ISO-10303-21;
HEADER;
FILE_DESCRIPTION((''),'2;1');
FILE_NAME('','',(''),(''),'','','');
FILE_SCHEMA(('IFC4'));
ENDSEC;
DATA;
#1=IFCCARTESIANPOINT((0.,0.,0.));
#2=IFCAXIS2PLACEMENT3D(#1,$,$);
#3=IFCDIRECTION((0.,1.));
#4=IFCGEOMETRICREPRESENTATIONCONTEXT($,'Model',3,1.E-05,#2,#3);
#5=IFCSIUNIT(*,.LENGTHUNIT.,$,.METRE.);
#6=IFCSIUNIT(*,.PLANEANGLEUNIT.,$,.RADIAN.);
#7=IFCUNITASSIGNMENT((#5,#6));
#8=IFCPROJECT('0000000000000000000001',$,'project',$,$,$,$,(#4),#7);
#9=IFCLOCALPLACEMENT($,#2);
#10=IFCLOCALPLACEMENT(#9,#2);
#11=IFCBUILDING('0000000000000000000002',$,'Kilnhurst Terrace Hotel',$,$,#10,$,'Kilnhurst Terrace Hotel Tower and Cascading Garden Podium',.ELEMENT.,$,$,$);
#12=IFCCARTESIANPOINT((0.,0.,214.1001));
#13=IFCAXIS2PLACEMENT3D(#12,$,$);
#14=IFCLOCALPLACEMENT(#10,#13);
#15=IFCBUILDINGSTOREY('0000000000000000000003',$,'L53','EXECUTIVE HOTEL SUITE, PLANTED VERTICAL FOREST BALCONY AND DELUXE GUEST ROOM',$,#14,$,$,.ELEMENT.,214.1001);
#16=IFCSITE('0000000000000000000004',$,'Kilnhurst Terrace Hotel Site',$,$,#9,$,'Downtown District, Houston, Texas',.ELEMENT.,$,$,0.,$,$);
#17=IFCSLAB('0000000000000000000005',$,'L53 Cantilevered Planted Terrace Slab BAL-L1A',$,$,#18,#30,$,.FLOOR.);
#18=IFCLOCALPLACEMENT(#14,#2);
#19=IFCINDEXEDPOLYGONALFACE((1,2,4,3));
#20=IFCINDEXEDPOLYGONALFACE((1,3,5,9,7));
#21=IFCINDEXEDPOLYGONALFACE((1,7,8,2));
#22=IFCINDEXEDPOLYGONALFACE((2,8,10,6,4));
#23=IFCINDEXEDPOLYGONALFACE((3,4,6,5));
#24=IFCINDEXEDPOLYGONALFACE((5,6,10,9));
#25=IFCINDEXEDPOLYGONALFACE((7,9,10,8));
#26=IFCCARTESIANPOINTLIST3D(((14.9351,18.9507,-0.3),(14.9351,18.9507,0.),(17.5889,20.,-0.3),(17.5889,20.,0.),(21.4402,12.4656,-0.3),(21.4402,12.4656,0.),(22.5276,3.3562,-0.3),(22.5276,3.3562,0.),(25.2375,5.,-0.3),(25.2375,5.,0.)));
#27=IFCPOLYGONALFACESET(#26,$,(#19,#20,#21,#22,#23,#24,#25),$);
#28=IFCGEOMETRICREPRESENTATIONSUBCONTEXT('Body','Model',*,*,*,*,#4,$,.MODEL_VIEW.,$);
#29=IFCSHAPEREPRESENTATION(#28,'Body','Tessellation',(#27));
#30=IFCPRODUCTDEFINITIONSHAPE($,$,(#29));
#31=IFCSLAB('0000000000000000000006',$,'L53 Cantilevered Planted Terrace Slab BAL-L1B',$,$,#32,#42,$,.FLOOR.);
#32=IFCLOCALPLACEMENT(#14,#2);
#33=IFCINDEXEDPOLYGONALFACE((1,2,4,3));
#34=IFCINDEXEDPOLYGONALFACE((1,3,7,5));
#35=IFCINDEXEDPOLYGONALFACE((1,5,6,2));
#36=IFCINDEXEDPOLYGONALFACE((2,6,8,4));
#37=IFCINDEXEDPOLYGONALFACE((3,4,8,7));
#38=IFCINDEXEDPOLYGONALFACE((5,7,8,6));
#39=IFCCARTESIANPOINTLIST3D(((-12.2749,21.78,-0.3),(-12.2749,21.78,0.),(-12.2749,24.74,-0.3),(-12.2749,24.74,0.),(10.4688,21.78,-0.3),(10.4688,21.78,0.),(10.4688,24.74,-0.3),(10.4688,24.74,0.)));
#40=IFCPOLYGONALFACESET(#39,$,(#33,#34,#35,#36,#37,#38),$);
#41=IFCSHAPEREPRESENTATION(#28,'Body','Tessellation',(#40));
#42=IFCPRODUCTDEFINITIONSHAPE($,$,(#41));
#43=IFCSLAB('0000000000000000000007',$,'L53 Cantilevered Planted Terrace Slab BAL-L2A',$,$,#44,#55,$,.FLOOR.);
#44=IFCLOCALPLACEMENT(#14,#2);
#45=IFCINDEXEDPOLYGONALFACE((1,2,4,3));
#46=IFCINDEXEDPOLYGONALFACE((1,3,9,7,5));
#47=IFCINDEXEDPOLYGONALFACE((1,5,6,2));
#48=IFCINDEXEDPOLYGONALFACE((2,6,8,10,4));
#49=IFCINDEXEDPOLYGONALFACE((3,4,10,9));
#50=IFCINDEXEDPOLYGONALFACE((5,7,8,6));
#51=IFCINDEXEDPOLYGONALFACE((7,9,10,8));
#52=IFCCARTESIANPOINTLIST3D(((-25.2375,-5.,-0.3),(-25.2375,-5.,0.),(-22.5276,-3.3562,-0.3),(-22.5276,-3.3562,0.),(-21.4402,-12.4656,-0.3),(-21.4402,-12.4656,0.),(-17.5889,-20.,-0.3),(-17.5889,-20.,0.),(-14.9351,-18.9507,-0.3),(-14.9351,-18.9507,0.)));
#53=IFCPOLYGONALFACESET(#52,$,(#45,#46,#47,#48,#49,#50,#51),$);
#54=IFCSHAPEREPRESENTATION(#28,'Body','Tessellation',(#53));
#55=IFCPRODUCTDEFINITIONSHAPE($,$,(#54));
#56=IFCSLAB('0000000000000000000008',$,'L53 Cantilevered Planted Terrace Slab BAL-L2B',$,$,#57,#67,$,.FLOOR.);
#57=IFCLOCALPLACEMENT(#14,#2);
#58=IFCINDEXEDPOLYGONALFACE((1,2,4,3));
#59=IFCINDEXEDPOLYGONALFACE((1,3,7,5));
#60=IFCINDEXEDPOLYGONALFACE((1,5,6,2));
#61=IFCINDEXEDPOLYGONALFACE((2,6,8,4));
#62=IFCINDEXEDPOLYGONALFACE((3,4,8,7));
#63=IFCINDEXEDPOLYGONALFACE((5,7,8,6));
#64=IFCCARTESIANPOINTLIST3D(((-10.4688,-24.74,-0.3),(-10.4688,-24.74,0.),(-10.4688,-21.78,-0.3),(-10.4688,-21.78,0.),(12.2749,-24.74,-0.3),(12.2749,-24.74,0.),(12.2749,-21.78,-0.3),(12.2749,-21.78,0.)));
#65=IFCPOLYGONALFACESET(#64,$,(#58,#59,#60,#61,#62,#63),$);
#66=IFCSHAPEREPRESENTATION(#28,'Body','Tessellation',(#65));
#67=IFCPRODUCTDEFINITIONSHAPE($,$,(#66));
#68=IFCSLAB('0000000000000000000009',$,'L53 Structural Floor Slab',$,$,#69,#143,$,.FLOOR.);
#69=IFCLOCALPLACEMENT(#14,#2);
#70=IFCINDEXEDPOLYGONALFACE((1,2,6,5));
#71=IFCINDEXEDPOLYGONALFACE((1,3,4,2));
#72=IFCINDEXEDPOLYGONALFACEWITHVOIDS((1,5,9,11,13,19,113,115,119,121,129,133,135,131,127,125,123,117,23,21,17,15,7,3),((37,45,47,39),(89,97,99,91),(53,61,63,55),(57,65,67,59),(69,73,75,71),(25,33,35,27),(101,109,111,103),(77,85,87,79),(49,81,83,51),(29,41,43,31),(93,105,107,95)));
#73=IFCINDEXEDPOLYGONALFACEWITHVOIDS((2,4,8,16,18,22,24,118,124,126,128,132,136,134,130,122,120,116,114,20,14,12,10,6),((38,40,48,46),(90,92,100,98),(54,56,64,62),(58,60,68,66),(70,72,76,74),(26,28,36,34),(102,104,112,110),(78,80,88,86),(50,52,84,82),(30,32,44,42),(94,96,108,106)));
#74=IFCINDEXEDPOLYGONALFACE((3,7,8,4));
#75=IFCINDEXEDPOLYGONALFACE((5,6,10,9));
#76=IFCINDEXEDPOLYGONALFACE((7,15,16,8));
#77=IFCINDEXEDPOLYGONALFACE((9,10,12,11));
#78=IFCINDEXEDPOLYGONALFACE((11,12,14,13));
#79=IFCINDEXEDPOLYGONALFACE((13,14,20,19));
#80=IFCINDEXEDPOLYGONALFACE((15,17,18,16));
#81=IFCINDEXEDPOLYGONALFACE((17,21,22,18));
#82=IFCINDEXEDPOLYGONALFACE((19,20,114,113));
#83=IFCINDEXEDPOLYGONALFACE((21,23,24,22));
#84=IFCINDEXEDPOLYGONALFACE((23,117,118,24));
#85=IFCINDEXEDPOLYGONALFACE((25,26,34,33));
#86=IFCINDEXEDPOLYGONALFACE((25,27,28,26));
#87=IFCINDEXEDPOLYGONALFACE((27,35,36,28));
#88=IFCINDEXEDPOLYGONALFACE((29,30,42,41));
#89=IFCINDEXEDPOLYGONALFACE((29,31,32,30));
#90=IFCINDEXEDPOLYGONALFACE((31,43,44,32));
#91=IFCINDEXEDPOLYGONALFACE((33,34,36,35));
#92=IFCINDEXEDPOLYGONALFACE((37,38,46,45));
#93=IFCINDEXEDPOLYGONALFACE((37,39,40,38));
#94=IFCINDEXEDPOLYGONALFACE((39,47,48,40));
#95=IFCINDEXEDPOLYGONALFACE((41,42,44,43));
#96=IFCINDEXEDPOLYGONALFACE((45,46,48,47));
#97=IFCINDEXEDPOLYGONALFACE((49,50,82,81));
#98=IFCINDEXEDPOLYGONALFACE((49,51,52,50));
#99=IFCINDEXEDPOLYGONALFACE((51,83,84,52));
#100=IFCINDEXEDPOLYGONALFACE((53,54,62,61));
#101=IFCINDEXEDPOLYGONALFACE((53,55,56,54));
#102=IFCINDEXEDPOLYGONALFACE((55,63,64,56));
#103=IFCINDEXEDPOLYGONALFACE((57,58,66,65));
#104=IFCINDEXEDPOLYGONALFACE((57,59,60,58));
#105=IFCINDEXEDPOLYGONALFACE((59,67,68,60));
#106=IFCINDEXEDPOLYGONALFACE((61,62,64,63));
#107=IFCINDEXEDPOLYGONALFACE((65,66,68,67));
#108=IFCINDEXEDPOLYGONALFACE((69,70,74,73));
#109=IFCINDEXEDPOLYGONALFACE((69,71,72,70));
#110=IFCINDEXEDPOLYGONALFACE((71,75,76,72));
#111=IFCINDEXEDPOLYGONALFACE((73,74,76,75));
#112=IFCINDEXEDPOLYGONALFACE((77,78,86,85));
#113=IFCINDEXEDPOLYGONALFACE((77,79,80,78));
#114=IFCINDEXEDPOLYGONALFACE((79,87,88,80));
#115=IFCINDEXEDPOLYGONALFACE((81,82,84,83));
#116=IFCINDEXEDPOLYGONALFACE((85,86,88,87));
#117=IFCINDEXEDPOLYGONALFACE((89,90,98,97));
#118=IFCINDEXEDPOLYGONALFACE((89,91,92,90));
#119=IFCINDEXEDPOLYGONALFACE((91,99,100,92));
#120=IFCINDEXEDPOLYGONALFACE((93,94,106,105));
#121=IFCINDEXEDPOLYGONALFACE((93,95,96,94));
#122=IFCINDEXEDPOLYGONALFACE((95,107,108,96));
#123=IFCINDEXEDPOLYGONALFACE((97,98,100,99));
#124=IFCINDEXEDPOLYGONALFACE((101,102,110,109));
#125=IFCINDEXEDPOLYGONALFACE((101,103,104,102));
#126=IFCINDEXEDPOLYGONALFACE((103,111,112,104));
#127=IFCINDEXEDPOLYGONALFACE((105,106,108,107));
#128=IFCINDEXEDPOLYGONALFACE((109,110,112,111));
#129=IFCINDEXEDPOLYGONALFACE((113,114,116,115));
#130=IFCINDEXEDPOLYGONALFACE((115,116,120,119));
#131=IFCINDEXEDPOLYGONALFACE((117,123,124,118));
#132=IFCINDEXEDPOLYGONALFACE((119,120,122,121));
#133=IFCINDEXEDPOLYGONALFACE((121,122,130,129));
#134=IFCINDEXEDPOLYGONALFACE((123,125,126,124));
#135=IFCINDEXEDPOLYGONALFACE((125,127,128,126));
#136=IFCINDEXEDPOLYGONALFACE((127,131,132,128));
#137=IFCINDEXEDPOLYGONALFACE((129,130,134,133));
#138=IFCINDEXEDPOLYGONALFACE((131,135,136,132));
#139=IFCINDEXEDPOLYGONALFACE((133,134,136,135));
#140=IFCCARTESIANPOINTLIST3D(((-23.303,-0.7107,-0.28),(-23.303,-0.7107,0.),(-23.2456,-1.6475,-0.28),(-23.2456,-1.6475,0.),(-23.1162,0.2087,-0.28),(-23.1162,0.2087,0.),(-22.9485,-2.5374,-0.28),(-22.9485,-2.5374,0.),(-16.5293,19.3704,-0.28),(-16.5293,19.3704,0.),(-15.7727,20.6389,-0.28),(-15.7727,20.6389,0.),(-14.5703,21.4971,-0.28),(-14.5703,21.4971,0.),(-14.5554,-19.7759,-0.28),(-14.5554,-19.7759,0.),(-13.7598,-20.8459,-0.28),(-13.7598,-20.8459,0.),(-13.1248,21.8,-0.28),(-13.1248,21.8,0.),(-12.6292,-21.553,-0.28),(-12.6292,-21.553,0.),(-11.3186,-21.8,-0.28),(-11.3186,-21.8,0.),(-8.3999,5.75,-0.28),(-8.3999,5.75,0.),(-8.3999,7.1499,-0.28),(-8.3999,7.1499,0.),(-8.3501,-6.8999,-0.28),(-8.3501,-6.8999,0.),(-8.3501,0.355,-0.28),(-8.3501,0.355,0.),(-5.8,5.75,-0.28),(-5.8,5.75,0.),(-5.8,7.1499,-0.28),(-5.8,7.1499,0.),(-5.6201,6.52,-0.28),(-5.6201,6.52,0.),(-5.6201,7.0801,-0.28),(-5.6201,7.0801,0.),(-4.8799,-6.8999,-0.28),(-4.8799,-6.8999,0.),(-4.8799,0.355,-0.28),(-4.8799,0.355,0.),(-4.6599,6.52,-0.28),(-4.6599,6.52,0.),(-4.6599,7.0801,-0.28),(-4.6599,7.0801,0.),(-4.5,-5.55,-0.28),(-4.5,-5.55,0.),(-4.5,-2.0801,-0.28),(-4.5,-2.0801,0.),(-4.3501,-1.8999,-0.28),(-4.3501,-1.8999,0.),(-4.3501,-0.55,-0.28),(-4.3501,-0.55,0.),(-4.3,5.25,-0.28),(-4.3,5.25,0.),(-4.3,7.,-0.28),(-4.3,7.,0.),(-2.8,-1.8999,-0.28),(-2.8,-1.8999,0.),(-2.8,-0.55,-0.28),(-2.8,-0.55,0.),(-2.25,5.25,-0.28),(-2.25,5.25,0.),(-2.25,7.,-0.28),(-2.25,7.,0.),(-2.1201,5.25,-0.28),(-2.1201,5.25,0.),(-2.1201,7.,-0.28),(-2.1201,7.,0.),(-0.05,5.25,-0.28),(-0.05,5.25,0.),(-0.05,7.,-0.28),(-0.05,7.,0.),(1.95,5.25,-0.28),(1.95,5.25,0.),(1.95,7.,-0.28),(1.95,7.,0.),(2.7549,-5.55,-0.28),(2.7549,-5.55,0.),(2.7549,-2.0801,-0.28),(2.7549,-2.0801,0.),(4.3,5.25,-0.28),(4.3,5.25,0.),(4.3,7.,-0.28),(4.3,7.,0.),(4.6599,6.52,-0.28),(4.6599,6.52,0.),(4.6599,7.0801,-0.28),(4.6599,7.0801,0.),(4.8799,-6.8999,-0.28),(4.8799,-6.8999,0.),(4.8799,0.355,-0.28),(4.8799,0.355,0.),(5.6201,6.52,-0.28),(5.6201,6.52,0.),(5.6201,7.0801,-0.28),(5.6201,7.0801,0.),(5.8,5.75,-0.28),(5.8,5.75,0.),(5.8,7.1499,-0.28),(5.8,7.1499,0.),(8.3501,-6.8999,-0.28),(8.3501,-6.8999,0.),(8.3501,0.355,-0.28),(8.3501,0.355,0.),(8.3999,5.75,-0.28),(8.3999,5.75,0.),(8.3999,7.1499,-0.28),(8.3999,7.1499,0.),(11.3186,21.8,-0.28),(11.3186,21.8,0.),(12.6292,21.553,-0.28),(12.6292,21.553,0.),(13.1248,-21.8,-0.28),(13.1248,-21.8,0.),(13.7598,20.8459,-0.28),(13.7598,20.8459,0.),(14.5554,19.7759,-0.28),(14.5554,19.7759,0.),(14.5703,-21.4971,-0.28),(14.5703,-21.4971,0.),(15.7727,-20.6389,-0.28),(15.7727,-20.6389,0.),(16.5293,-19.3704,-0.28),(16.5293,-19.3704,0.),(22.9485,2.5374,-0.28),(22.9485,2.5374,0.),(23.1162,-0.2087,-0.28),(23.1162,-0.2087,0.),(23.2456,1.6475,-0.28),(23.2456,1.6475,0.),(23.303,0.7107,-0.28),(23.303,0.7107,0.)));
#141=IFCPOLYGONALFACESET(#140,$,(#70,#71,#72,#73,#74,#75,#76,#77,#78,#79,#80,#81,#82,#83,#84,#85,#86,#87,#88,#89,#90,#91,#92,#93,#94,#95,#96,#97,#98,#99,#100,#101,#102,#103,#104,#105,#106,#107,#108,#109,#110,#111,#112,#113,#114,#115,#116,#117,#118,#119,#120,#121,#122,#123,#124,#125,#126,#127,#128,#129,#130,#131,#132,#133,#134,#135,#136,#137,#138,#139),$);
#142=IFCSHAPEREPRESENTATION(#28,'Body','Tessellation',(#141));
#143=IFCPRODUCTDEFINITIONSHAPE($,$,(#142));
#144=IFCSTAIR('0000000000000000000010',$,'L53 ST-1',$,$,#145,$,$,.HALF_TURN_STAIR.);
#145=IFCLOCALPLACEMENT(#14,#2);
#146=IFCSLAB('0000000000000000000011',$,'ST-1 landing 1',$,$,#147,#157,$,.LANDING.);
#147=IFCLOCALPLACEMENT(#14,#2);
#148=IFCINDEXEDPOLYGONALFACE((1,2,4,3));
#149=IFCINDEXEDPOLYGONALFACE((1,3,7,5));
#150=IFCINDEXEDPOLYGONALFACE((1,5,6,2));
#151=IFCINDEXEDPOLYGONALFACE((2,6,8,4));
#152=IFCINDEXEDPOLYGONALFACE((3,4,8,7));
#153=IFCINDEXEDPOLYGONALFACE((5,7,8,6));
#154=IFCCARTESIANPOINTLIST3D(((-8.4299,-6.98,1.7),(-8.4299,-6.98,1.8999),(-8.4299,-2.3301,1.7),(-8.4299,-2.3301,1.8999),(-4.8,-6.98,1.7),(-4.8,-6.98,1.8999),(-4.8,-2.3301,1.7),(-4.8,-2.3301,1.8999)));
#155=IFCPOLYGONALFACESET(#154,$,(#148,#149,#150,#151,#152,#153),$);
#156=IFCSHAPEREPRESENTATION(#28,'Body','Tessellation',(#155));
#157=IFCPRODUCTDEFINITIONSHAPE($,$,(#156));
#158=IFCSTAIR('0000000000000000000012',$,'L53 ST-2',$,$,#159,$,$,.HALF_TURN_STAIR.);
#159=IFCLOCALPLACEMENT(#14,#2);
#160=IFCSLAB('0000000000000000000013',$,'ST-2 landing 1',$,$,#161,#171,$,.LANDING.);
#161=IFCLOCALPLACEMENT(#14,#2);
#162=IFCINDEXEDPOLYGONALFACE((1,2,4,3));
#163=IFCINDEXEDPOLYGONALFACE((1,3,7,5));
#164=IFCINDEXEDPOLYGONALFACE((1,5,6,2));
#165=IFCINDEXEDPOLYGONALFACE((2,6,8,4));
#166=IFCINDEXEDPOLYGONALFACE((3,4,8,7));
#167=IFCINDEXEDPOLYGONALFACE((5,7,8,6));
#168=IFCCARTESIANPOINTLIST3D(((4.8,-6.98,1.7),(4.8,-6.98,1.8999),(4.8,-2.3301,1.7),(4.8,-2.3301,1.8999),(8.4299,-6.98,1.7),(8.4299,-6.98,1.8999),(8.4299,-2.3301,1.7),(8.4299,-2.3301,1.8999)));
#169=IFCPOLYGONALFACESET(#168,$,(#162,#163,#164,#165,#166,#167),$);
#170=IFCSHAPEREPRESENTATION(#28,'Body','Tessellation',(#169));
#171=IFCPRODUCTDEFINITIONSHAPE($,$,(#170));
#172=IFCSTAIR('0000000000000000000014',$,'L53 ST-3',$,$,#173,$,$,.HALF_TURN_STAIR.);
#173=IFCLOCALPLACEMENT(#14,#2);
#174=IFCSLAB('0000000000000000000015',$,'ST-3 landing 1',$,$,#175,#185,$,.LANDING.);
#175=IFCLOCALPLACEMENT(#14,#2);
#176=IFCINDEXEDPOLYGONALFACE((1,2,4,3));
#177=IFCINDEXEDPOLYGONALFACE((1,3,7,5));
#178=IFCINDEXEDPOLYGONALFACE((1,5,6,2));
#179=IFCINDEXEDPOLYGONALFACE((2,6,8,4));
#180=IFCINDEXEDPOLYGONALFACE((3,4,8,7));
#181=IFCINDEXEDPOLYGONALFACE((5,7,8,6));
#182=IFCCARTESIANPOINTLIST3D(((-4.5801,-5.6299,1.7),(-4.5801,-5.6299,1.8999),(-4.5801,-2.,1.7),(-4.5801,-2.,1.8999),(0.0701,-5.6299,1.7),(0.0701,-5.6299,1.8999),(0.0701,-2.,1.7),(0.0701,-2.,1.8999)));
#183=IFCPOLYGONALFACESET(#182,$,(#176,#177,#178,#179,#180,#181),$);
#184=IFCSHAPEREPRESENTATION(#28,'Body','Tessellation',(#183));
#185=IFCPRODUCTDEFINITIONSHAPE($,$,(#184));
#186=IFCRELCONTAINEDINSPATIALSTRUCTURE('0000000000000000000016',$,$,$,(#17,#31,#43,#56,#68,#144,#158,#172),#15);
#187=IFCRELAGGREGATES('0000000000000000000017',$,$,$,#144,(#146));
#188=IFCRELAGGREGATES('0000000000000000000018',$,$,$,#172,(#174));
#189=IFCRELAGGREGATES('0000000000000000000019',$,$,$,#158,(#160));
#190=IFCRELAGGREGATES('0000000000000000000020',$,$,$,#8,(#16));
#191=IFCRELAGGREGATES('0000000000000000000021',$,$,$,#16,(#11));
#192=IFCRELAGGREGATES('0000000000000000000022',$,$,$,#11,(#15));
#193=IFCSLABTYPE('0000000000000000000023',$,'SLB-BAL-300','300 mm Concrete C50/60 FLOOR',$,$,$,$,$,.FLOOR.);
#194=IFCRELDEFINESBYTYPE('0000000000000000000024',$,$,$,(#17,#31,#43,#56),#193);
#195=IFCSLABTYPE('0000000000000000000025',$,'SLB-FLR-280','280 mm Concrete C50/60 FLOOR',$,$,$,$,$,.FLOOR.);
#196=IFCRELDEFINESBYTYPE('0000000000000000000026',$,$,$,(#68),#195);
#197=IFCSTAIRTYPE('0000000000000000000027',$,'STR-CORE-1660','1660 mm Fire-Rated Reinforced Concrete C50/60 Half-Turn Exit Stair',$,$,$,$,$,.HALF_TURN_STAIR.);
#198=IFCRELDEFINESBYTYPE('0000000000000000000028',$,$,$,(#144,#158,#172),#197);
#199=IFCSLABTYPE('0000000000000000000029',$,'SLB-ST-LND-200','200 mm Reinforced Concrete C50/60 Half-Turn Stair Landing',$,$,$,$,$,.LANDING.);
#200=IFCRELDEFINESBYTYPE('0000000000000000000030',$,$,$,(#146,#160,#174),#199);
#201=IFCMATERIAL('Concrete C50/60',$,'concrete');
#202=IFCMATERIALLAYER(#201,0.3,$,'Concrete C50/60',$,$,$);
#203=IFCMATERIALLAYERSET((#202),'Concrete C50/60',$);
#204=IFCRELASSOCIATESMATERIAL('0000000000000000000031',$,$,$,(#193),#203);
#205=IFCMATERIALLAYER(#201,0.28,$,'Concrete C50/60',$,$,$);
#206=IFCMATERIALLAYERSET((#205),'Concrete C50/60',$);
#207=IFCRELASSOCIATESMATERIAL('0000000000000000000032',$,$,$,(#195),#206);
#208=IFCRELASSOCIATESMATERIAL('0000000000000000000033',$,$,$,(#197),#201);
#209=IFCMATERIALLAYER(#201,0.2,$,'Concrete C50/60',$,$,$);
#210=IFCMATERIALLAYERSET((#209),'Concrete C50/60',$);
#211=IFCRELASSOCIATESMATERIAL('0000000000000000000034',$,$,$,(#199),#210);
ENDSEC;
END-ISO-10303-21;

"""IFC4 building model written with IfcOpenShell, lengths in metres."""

from ifc_helpers import new_model, si_unit, direction, frame, origin, place, context, subcontext, project, spatial, polyline, outline, extrude, material, layer, layer_set, type_object, element, aggregate, save


model = new_model("IFC4")

# Units and contexts
model_context = context("Model", 3, precision=1e-05, world=origin(), true_north=direction((0.0, 1.0)))
body_context = subcontext(model_context, "Body", "Model", "MODEL_VIEW")
ifc_project = project(units=[si_unit("LENGTHUNIT", "METRE"), si_unit("PLANEANGLEUNIT", "RADIAN")], contexts=[model_context])

# Site, building, storey
site_placement = place(None, origin())
site = spatial("IfcSite", under=ifc_project, at=site_placement, Name="Kilnhurst Terrace Hotel Site", LongName="Downtown District, Houston, Texas", CompositionType="ELEMENT", RefElevation=0.0)
building_placement = place(site_placement, origin())
building = spatial("IfcBuilding", under=site, at=building_placement, Name="Kilnhurst Terrace Hotel", LongName="Kilnhurst Terrace Hotel Tower and Cascading Garden Podium", CompositionType="ELEMENT")
storey_placement = place(building_placement, frame((0.0, 0.0, 214.1001)))
storey = spatial("IfcBuildingStorey", under=building, at=storey_placement, Name="L53", Description="EXECUTIVE HOTEL SUITE, PLANTED VERTICAL FOREST BALCONY AND DELUXE GUEST ROOM", CompositionType="ELEMENT", Elevation=214.1001)

# Slabs
ifc_material_1 = material(Name="Concrete C50/60", Category="concrete")
ifc_layer_1 = layer(ifc_material_1, 0.3, Name="Concrete C50/60")
ifc_layer_set_1 = layer_set([ifc_layer_1], Name="Concrete C50/60")
slab_type_1 = type_object("IfcSlabType", Name="SLB-BAL-300", Description="300 mm Concrete C50/60 FLOOR", PredefinedType="FLOOR", material=ifc_layer_set_1)
slab_1_placement = place(storey_placement, frame((0.0, 0.0, -0.3)))
element("IfcSlab", 1, at=slab_1_placement, inside=storey, type_object=slab_type_1, Name="L53 Cantilevered Planted Terrace Slab BAL-L1A", PredefinedType="FLOOR", context=body_context, shape_type="SweptSolid", body=[
    extrude(outline(polyline([(21.4402, 12.4656), (25.2375, 5.0), (22.5276, 3.3562), (14.9351, 18.9507), (17.5889, 20.0), (21.4402, 12.4656)])), origin(), (0.0, 0.0, 1.0), 0.3),
])
slab_2_placement = place(storey_placement, frame((0.0, 0.0, -0.3)))
element("IfcSlab", 2, at=slab_2_placement, inside=storey, type_object=slab_type_1, Name="L53 Cantilevered Planted Terrace Slab BAL-L1B", PredefinedType="FLOOR", context=body_context, shape_type="SweptSolid", body=[
    extrude(outline(polyline([(-12.2749, 21.78), (-12.2749, 24.74), (10.4688, 24.74), (10.4688, 21.78), (-12.2749, 21.78)])), origin(), (0.0, 0.0, 1.0), 0.3),
])
slab_3_placement = place(storey_placement, frame((0.0, 0.0, -0.3)))
element("IfcSlab", 3, at=slab_3_placement, inside=storey, type_object=slab_type_1, Name="L53 Cantilevered Planted Terrace Slab BAL-L2A", PredefinedType="FLOOR", context=body_context, shape_type="SweptSolid", body=[
    extrude(outline(polyline([(-25.2375, -5.0), (-22.5276, -3.3562), (-14.9351, -18.9507), (-17.5889, -20.0), (-21.4402, -12.4656), (-25.2375, -5.0)])), origin(), (0.0, 0.0, 1.0), 0.3),
])
slab_4_placement = place(storey_placement, frame((0.0, 0.0, -0.3)))
element("IfcSlab", 4, at=slab_4_placement, inside=storey, type_object=slab_type_1, Name="L53 Cantilevered Planted Terrace Slab BAL-L2B", PredefinedType="FLOOR", context=body_context, shape_type="SweptSolid", body=[
    extrude(outline(polyline([(12.2749, -21.78), (12.2749, -24.74), (-10.4688, -24.74), (-10.4688, -21.78), (12.2749, -21.78)])), origin(), (0.0, 0.0, 1.0), 0.3),
])
ifc_layer_2 = layer(ifc_material_1, 0.28, Name="Concrete C50/60")
ifc_layer_set_2 = layer_set([ifc_layer_2], Name="Concrete C50/60")
slab_type_2 = type_object("IfcSlabType", Name="SLB-FLR-280", Description="280 mm Concrete C50/60 FLOOR", PredefinedType="FLOOR", material=ifc_layer_set_2)
slab_5_placement = place(storey_placement, frame((0.0, 0.0, -0.28)))
element("IfcSlab", 5, at=slab_5_placement, inside=storey, type_object=slab_type_2, Name="L53 Structural Floor Slab", PredefinedType="FLOOR", context=body_context, shape_type="SweptSolid", body=[
    extrude(outline(polyline([(-14.5554, -19.7759), (-13.7598, -20.8459), (-12.6292, -21.553), (-11.3186, -21.8), (13.1248, -21.8), (14.5703, -21.4971), (15.7727, -20.6389), (16.5293, -19.3704), (23.1162, -0.2087), (23.303, 0.7107), (23.2456, 1.6475), (22.9485, 2.5374), (14.5554, 19.7759), (13.7598, 20.8459), (12.6292, 21.553), (11.3186, 21.8), (-13.1248, 21.8), (-14.5703, 21.4971), (-15.7727, 20.6389), (-16.5293, 19.3704), (-23.1162, 0.2087), (-23.303, -0.7107), (-23.2456, -1.6475), (-22.9485, -2.5374), (-14.5554, -19.7759)]), holes=[polyline([(-8.3501, 0.355), (-4.8799, 0.355), (-4.8799, -6.8999), (-8.3501, -6.8999), (-8.3501, 0.355)]), polyline([(-2.8, -1.8999), (-4.3501, -1.8999), (-4.3501, -0.55), (-2.8, -0.55), (-2.8, -1.8999)]), polyline([(-2.25, 5.25), (-4.3, 5.25), (-4.3, 7.0), (-2.25, 7.0), (-2.25, 5.25)]), polyline([(-2.1201, 5.25), (-2.1201, 7.0), (-0.05, 7.0), (-0.05, 5.25), (-2.1201, 5.25)]), polyline([(-8.3999, 5.75), (-8.3999, 7.1499), (-5.8, 7.1499), (-5.8, 5.75), (-8.3999, 5.75)]), polyline([(-4.6599, 6.52), (-5.6201, 6.52), (-5.6201, 7.0801), (-4.6599, 7.0801), (-4.6599, 6.52)]), polyline([(2.7549, -5.55), (-4.5, -5.55), (-4.5, -2.0801), (2.7549, -2.0801), (2.7549, -5.55)]), polyline([(8.3501, 0.355), (8.3501, -6.8999), (4.8799, -6.8999), (4.8799, 0.355), (8.3501, 0.355)]), polyline([(4.3, 5.25), (1.95, 5.25), (1.95, 7.0), (4.3, 7.0), (4.3, 5.25)]), polyline([(5.8, 5.75), (5.8, 7.1499), (8.3999, 7.1499), (8.3999, 5.75), (5.8, 5.75)]), polyline([(4.6599, 6.52), (4.6599, 7.0801), (5.6201, 7.0801), (5.6201, 6.52), (4.6599, 6.52)])]), origin(), (0.0, 0.0, 1.0), 0.28),
])

# Stairs, slabs
stair_type = type_object("IfcStairType", Name="STR-CORE-1660", Description="1660 mm Fire-Rated Reinforced Concrete C50/60 Half-Turn Exit Stair", PredefinedType="HALF_TURN_STAIR", material=ifc_material_1)
stair_1_placement = place(storey_placement, origin())
stair_1 = element("IfcStair", 6, at=stair_1_placement, inside=storey, type_object=stair_type, Name="L53 ST-1", PredefinedType="HALF_TURN_STAIR")
ifc_layer_3 = layer(ifc_material_1, 0.2, Name="Concrete C50/60")
ifc_layer_set_3 = layer_set([ifc_layer_3], Name="Concrete C50/60")
slab_type_3 = type_object("IfcSlabType", Name="SLB-ST-LND-200", Description="200 mm Reinforced Concrete C50/60 Half-Turn Stair Landing", PredefinedType="LANDING", material=ifc_layer_set_3)
slab_6_placement = place(storey_placement, frame((0.0, 0.0, 1.7)))
slab_6 = element("IfcSlab", 7, at=slab_6_placement, type_object=slab_type_3, Name="ST-1 landing 1", PredefinedType="LANDING", context=body_context, shape_type="SweptSolid", body=[
    extrude(outline(polyline([(-8.4299, -2.3301), (-4.8, -2.3301), (-4.8, -6.98), (-8.4299, -6.98), (-8.4299, -2.3301)])), origin(), (0.0, 0.0, 1.0), 0.2),
])
aggregate(stair_1, [slab_6])
stair_2_placement = place(storey_placement, origin())
stair_2 = element("IfcStair", 8, at=stair_2_placement, inside=storey, type_object=stair_type, Name="L53 ST-2", PredefinedType="HALF_TURN_STAIR")
slab_7_placement = place(storey_placement, frame((0.0, 0.0, 1.7)))
slab_7 = element("IfcSlab", 9, at=slab_7_placement, type_object=slab_type_3, Name="ST-2 landing 1", PredefinedType="LANDING", context=body_context, shape_type="SweptSolid", body=[
    extrude(outline(polyline([(4.8, -2.3301), (8.4299, -2.3301), (8.4299, -6.98), (4.8, -6.98), (4.8, -2.3301)])), origin(), (0.0, 0.0, 1.0), 0.2),
])
stair_3_placement = place(storey_placement, origin())
stair_3 = element("IfcStair", 10, at=stair_3_placement, inside=storey, type_object=stair_type, Name="L53 ST-3", PredefinedType="HALF_TURN_STAIR")
slab_8_placement = place(storey_placement, frame((0.0, 0.0, 1.7)))
slab_8 = element("IfcSlab", 11, at=slab_8_placement, type_object=slab_type_3, Name="ST-3 landing 1", PredefinedType="LANDING", context=body_context, shape_type="SweptSolid", body=[
    extrude(outline(polyline([(0.0701, -2.0), (0.0701, -5.6299), (-4.5801, -5.6299), (-4.5801, -2.0), (0.0701, -2.0)])), origin(), (0.0, 0.0, 1.0), 0.2),
])
aggregate(stair_3, [slab_8])

aggregate(stair_2, [slab_7])

save(model, "model.ifc")
